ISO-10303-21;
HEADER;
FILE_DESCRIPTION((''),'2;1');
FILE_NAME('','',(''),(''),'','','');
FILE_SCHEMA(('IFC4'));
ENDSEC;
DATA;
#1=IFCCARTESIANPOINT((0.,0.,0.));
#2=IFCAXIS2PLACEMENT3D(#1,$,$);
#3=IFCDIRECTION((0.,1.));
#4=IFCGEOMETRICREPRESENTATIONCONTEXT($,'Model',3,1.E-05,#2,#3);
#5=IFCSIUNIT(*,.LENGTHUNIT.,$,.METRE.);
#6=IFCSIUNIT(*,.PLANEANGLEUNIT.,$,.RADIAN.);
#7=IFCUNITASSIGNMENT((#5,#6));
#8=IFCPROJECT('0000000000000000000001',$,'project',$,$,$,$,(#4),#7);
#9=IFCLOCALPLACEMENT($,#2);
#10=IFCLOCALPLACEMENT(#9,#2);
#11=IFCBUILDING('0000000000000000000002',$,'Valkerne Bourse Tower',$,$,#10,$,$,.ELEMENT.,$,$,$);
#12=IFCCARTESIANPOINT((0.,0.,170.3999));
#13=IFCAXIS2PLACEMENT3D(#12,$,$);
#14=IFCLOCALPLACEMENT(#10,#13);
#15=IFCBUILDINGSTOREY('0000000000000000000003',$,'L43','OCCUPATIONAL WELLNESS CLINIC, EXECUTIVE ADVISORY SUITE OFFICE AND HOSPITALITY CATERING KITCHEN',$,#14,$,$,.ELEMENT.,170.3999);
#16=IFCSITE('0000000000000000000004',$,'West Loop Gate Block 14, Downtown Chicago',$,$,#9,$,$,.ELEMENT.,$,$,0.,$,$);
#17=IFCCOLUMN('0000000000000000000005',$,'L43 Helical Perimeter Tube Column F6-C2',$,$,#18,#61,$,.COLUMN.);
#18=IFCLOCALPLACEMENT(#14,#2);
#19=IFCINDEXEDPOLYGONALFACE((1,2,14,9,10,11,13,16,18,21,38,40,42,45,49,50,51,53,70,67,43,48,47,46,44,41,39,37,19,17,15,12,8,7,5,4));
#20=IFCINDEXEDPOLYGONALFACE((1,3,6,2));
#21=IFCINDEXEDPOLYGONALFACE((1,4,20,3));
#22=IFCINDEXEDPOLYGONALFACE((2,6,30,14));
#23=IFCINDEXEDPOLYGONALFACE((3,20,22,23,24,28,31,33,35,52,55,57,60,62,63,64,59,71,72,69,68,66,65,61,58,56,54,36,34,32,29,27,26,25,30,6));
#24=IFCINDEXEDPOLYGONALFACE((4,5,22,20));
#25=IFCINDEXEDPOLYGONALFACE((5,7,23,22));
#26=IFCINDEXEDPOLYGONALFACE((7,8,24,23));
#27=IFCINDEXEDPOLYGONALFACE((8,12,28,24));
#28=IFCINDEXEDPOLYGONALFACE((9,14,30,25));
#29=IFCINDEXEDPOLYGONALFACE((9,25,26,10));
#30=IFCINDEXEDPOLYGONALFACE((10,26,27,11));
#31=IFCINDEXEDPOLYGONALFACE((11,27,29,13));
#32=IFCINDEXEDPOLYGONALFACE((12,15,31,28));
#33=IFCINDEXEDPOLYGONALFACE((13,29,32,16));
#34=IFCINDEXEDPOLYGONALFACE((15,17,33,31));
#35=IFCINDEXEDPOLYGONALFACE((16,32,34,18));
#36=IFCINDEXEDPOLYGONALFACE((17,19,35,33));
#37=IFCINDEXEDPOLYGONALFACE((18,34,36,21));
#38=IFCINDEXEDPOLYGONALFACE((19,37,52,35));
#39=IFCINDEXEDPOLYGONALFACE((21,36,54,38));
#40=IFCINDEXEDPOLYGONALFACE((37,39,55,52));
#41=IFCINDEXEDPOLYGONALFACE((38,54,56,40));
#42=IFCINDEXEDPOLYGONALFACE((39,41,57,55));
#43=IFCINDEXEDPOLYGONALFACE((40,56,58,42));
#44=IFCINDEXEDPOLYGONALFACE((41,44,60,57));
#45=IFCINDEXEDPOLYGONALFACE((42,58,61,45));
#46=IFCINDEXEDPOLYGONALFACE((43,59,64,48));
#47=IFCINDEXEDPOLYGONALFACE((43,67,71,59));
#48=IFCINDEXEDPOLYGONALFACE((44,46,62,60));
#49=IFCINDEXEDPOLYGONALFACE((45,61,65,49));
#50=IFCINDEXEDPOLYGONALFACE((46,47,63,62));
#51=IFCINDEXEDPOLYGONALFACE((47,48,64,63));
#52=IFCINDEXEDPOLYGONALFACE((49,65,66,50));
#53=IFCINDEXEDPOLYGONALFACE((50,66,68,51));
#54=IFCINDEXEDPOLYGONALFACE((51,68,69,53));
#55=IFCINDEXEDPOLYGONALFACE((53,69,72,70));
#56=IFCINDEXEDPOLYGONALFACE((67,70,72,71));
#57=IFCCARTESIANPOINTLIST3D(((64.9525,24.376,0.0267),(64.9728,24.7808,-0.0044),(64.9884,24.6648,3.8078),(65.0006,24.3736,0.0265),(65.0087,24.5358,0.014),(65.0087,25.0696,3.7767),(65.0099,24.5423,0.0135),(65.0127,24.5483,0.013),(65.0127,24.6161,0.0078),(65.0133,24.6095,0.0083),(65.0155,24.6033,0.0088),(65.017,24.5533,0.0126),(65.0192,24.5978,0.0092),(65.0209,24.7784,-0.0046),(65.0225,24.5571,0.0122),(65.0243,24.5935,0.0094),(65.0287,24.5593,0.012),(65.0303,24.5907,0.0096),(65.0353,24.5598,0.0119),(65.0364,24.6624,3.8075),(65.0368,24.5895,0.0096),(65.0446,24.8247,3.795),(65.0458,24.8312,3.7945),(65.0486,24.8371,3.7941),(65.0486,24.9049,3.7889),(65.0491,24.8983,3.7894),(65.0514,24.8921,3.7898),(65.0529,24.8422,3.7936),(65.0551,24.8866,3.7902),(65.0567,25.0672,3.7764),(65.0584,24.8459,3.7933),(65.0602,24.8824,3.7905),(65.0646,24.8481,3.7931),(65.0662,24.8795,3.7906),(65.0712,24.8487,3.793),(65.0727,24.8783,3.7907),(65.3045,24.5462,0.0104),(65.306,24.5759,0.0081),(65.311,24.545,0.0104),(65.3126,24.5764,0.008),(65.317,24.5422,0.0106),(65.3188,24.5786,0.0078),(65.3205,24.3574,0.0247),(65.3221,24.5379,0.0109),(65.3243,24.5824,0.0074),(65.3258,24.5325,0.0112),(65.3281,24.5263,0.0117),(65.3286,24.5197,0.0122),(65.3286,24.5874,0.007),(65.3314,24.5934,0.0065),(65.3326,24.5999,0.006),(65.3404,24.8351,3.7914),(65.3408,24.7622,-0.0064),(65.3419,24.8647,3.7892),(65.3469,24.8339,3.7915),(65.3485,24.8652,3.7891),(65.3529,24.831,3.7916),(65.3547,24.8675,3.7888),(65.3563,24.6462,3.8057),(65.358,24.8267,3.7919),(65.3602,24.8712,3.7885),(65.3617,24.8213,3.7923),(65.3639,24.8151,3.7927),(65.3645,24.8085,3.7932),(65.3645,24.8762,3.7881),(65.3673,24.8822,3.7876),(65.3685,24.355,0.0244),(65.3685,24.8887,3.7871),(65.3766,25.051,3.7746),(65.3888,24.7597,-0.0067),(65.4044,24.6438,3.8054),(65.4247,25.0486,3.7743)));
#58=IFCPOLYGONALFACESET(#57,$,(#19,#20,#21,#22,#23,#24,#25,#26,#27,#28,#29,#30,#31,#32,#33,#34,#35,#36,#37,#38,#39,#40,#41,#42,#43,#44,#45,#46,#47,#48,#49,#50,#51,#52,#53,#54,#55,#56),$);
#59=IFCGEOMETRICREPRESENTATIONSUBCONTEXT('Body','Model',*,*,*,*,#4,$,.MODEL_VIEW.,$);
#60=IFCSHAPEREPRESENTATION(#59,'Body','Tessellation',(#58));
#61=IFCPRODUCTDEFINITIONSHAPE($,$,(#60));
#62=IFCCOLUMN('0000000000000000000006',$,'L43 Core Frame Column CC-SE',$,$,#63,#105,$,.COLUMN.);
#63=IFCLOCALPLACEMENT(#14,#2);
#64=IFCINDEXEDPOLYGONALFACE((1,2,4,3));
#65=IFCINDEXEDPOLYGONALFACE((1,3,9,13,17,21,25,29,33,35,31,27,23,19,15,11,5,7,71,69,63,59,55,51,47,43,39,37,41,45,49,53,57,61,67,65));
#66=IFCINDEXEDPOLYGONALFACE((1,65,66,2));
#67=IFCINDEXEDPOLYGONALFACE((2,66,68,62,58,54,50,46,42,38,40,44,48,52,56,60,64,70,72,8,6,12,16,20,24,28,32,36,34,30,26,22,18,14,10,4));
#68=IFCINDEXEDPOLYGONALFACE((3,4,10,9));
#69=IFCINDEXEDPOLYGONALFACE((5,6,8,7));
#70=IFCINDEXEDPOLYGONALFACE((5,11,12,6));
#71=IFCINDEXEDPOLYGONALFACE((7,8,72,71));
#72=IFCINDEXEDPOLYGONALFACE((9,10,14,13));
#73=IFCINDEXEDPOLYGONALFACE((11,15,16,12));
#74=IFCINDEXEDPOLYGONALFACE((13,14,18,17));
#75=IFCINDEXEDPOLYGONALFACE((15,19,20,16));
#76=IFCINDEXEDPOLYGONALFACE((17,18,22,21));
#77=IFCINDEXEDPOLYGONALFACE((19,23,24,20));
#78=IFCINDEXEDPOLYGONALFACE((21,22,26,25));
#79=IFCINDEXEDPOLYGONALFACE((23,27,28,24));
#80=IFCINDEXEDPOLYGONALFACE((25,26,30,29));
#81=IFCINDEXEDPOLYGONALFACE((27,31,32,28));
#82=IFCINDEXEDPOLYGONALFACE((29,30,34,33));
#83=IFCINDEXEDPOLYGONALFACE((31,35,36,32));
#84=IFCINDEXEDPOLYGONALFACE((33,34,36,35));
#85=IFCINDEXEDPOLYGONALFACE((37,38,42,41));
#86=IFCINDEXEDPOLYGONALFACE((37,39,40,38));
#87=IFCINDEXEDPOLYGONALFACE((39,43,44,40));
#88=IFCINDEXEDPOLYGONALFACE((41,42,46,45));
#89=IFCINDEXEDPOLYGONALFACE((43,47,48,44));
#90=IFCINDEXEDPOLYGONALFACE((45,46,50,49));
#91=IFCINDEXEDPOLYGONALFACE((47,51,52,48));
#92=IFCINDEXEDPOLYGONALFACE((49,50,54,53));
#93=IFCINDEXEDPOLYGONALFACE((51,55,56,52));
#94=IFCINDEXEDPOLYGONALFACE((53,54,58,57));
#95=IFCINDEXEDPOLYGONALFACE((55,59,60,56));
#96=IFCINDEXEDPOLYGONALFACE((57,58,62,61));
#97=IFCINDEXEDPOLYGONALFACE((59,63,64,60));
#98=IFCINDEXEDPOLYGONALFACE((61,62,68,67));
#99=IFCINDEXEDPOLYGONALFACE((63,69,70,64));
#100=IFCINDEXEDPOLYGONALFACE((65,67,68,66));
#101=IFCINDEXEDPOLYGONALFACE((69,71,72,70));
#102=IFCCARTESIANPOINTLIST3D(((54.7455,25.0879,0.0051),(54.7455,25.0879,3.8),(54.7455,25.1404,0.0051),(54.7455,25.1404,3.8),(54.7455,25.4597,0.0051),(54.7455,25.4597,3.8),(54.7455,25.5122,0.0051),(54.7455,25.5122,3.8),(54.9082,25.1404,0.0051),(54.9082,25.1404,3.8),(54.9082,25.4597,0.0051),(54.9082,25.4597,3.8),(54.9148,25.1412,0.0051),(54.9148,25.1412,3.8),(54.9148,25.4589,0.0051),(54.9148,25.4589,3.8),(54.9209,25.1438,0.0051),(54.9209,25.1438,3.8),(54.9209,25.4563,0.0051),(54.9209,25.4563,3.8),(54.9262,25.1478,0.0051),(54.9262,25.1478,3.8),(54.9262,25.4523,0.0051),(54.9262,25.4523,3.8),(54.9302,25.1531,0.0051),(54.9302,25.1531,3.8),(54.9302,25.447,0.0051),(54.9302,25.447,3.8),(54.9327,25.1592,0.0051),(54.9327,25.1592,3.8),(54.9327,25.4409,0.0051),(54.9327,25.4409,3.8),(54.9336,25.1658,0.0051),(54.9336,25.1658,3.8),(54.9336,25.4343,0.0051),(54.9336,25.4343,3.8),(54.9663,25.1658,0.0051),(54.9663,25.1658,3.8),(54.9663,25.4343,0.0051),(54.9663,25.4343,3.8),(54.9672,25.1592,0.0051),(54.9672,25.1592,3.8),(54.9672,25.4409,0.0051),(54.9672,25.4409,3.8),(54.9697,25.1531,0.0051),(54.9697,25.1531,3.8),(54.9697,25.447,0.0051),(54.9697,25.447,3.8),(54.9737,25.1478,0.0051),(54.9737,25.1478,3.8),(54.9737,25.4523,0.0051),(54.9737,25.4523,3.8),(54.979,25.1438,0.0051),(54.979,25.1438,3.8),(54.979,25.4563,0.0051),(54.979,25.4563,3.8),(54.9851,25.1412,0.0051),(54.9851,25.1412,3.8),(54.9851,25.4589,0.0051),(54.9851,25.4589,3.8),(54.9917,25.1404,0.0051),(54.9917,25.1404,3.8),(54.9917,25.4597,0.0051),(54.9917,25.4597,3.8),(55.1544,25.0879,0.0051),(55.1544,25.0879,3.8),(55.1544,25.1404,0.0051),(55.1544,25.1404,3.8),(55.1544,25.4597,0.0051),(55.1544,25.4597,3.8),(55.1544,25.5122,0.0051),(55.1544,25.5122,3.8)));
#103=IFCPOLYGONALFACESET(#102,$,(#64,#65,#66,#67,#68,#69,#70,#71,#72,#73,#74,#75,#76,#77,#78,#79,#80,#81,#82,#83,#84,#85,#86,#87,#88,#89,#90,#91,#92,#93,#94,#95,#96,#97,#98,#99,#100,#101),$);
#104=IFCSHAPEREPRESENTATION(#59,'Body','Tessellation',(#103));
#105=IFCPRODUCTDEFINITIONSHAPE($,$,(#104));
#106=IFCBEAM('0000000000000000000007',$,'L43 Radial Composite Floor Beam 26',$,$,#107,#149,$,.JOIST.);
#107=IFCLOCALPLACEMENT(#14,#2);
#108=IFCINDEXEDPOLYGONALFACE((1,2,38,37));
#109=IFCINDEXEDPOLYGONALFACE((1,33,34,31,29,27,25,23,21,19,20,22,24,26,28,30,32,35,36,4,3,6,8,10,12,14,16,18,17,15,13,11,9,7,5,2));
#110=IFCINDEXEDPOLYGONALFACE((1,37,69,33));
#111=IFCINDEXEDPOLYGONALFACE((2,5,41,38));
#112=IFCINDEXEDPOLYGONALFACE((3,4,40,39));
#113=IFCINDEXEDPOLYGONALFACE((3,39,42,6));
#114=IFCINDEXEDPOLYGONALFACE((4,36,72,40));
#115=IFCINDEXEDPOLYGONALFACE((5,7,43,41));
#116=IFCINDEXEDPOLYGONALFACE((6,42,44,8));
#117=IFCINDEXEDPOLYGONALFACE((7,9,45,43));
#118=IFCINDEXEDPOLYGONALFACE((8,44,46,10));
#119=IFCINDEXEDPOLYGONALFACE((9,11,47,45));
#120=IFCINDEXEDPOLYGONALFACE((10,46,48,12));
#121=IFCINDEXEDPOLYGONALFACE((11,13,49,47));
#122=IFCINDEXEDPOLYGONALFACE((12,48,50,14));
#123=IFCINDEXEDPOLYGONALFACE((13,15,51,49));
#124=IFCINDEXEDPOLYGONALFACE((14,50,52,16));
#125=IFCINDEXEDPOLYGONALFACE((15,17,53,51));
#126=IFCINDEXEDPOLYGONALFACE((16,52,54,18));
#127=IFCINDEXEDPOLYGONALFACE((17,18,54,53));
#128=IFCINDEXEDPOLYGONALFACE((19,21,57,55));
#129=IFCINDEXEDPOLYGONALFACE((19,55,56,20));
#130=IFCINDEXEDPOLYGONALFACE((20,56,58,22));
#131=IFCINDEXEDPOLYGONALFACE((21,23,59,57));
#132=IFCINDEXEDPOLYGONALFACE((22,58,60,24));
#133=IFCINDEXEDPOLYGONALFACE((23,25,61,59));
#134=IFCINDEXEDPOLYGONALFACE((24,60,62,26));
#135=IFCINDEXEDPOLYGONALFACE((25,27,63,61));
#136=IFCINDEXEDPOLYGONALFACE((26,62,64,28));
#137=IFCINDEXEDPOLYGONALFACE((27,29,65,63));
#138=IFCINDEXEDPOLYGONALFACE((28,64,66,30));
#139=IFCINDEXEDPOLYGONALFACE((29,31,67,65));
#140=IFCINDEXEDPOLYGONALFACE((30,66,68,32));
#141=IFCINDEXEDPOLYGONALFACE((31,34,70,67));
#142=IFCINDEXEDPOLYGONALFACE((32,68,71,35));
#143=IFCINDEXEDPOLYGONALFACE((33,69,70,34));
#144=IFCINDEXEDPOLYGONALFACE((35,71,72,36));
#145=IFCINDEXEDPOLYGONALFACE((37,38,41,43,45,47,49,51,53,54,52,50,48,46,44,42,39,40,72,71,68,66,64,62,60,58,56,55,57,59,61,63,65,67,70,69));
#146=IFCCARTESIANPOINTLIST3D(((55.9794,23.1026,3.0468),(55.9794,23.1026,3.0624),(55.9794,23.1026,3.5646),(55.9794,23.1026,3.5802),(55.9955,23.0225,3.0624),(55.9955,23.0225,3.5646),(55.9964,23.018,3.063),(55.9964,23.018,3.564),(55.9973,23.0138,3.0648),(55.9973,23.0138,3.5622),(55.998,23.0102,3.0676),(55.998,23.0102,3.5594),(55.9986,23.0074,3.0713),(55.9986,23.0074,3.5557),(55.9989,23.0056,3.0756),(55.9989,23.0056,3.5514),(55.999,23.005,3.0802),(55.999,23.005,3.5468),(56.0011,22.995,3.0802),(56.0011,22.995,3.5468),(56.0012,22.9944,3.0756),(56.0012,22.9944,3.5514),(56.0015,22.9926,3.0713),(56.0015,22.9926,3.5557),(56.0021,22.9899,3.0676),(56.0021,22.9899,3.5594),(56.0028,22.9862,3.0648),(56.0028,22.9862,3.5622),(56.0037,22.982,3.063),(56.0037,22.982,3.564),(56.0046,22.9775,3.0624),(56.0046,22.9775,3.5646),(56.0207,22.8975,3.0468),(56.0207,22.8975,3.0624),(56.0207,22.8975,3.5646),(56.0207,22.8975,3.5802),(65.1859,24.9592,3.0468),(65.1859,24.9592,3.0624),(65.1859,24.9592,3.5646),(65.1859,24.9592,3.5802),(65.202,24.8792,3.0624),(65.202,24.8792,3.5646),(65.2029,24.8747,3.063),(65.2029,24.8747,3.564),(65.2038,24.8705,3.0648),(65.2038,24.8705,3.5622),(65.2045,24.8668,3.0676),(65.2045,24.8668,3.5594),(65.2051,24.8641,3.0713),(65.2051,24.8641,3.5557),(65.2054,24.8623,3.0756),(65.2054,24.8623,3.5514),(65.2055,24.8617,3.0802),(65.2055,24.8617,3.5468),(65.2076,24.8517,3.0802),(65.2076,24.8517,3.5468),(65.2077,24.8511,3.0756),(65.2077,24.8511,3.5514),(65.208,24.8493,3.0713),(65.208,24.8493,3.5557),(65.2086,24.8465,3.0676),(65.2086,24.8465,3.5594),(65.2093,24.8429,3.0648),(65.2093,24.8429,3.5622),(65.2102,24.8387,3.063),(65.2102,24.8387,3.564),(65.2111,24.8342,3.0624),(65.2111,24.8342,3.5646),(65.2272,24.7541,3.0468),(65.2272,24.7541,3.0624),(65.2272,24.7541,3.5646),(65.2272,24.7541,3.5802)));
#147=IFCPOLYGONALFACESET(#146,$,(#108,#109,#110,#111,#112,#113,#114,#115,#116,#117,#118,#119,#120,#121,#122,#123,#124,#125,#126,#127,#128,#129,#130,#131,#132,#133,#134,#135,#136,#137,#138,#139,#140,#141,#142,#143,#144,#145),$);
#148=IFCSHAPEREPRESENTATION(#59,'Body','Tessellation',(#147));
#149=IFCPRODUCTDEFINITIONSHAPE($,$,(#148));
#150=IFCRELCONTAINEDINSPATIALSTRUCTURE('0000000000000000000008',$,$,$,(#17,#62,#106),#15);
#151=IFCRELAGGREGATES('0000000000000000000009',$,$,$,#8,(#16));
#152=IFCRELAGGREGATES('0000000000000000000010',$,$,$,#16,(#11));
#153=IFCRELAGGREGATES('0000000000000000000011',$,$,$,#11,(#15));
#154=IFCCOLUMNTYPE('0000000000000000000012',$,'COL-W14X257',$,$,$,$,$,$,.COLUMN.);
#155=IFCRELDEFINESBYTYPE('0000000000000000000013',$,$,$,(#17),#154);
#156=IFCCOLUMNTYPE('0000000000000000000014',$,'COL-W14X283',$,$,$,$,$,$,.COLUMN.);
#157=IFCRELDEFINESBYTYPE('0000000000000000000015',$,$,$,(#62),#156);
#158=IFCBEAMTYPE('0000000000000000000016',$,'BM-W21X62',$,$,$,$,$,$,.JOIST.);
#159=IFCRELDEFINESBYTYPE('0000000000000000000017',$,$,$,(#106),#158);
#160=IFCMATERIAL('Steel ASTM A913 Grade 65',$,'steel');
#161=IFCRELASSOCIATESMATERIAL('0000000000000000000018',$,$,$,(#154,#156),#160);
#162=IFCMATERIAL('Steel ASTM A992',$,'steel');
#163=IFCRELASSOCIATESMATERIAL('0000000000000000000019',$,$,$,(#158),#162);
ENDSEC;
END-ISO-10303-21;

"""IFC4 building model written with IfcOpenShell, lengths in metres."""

from ifc_helpers import new_model, si_unit, direction, frame, origin, origin_2d, place, context, subcontext, project, spatial, i_section, extrude, material, material_profile, profile_set, type_object, element, save


model = new_model("IFC4")

# Units and contexts
model_context = context("Model", 3, precision=1e-05, world=origin(), true_north=direction((0.0, 1.0)))
body_context = subcontext(model_context, "Body", "Model", "MODEL_VIEW")
ifc_project = project(units=[si_unit("LENGTHUNIT", "METRE"), si_unit("PLANEANGLEUNIT", "RADIAN")], contexts=[model_context])

# Site, building, storey
site_placement = place(None, origin())
site = spatial("IfcSite", under=ifc_project, at=site_placement, Name="West Loop Gate Block 14, Downtown Chicago", CompositionType="ELEMENT", RefElevation=0.0)
building_placement = place(site_placement, origin())
building = spatial("IfcBuilding", under=site, at=building_placement, Name="Valkerne Bourse Tower", CompositionType="ELEMENT")
storey_placement = place(building_placement, frame((0.0, 0.0, 170.3999)))
storey = spatial("IfcBuildingStorey", under=building, at=storey_placement, Name="L43", Description="OCCUPATIONAL WELLNESS CLINIC, EXECUTIVE ADVISORY SUITE OFFICE AND HOSPITALITY CATERING KITCHEN", CompositionType="ELEMENT", Elevation=170.3999)

# Columns
ifc_material_1 = material(Name="Steel ASTM A913 Grade 65", Category="steel")
ifc_material_profile_1 = material_profile(ifc_material_1, i_section(OverallWidth=0.4065, OverallDepth=0.4165, WebThickness=0.0298, FlangeThickness=0.0481, FilletRadius=0.0254, at=origin_2d()), Name="W14X257")
ifc_profile_set_1 = profile_set([ifc_material_profile_1], Name="Steel ASTM A913 Grade 65")
column_type_1 = type_object("IfcColumnType", Name="COL-W14X257", PredefinedType="COLUMN", material=ifc_profile_set_1)
column_1_placement = place(storey_placement, frame((65.1707, 24.5679, 0.01), z_axis=(0.009464, 0.076161, 0.997051), x_axis=(-0.049939, -0.995815, 0.076541)))
element("IfcColumn", 1, at=column_1_placement, inside=storey, type_object=column_type_1, Name="L43 Helical Perimeter Tube Column F6-C2", PredefinedType="COLUMN", context=body_context, shape_type="SweptSolid", body=[
    extrude(i_section(OverallWidth=0.4065, OverallDepth=0.4165, WebThickness=0.0298, FlangeThickness=0.0481, FilletRadius=0.0254, at=origin_2d()), origin(), (0.0, 0.0, 1.0), 3.7922),
])
ifc_material_profile_2 = material_profile(ifc_material_1, i_section(OverallWidth=0.4089, OverallDepth=0.4243, WebThickness=0.0327, FlangeThickness=0.0525, FilletRadius=0.0254, at=origin_2d()), Name="W14X283")
ifc_profile_set_2 = profile_set([ifc_material_profile_2], Name="Steel ASTM A913 Grade 65")
column_type_2 = type_object("IfcColumnType", Name="COL-W14X283", PredefinedType="COLUMN", material=ifc_profile_set_2)
column_2_placement = place(storey_placement, frame((54.95, 25.3, 0.0051), z_axis=(0.0, 0.0, 1.0), x_axis=(1.0, 0.0, 0.0)))
element("IfcColumn", 2, at=column_2_placement, inside=storey, type_object=column_type_2, Name="L43 Core Frame Column CC-SE", PredefinedType="COLUMN", context=body_context, shape_type="SweptSolid", body=[
    extrude(i_section(OverallWidth=0.4089, OverallDepth=0.4243, WebThickness=0.0327, FlangeThickness=0.0525, FilletRadius=0.0254, at=origin_2d()), origin(), (0.0, 0.0, 1.0), 3.7949),
])

# Beam
ifc_material_2 = material(Name="Steel ASTM A992", Category="steel")
ifc_material_profile_3 = material_profile(ifc_material_2, i_section(OverallWidth=0.2092, OverallDepth=0.5334, WebThickness=0.0103, FlangeThickness=0.0156, FilletRadius=0.0178, at=origin_2d()), Name="W21X62")
ifc_profile_set_3 = profile_set([ifc_material_profile_3], Name="Steel ASTM A992")
beam_type_1 = type_object("IfcBeamType", Name="BM-W21X62", PredefinedType="JOIST", material=ifc_profile_set_3)
beam_1_placement = place(storey_placement, frame((65.2065, 24.8567, 3.3135), z_axis=(-0.980264, -0.197691, 0.0), x_axis=(0.197691, -0.980264, 0.0)))
element("IfcBeam", 3, at=beam_1_placement, inside=storey, type_object=beam_type_1, Name="L43 Radial Composite Floor Beam 26", PredefinedType="JOIST", context=body_context, shape_type="SweptSolid", body=[
    extrude(i_section(OverallWidth=0.2092, OverallDepth=0.5334, WebThickness=0.0103, FlangeThickness=0.0156, FilletRadius=0.0178, at=origin_2d()), origin(), (0.0, 0.0, 1.0), 9.3918),
])

save(model, "model.ifc")
